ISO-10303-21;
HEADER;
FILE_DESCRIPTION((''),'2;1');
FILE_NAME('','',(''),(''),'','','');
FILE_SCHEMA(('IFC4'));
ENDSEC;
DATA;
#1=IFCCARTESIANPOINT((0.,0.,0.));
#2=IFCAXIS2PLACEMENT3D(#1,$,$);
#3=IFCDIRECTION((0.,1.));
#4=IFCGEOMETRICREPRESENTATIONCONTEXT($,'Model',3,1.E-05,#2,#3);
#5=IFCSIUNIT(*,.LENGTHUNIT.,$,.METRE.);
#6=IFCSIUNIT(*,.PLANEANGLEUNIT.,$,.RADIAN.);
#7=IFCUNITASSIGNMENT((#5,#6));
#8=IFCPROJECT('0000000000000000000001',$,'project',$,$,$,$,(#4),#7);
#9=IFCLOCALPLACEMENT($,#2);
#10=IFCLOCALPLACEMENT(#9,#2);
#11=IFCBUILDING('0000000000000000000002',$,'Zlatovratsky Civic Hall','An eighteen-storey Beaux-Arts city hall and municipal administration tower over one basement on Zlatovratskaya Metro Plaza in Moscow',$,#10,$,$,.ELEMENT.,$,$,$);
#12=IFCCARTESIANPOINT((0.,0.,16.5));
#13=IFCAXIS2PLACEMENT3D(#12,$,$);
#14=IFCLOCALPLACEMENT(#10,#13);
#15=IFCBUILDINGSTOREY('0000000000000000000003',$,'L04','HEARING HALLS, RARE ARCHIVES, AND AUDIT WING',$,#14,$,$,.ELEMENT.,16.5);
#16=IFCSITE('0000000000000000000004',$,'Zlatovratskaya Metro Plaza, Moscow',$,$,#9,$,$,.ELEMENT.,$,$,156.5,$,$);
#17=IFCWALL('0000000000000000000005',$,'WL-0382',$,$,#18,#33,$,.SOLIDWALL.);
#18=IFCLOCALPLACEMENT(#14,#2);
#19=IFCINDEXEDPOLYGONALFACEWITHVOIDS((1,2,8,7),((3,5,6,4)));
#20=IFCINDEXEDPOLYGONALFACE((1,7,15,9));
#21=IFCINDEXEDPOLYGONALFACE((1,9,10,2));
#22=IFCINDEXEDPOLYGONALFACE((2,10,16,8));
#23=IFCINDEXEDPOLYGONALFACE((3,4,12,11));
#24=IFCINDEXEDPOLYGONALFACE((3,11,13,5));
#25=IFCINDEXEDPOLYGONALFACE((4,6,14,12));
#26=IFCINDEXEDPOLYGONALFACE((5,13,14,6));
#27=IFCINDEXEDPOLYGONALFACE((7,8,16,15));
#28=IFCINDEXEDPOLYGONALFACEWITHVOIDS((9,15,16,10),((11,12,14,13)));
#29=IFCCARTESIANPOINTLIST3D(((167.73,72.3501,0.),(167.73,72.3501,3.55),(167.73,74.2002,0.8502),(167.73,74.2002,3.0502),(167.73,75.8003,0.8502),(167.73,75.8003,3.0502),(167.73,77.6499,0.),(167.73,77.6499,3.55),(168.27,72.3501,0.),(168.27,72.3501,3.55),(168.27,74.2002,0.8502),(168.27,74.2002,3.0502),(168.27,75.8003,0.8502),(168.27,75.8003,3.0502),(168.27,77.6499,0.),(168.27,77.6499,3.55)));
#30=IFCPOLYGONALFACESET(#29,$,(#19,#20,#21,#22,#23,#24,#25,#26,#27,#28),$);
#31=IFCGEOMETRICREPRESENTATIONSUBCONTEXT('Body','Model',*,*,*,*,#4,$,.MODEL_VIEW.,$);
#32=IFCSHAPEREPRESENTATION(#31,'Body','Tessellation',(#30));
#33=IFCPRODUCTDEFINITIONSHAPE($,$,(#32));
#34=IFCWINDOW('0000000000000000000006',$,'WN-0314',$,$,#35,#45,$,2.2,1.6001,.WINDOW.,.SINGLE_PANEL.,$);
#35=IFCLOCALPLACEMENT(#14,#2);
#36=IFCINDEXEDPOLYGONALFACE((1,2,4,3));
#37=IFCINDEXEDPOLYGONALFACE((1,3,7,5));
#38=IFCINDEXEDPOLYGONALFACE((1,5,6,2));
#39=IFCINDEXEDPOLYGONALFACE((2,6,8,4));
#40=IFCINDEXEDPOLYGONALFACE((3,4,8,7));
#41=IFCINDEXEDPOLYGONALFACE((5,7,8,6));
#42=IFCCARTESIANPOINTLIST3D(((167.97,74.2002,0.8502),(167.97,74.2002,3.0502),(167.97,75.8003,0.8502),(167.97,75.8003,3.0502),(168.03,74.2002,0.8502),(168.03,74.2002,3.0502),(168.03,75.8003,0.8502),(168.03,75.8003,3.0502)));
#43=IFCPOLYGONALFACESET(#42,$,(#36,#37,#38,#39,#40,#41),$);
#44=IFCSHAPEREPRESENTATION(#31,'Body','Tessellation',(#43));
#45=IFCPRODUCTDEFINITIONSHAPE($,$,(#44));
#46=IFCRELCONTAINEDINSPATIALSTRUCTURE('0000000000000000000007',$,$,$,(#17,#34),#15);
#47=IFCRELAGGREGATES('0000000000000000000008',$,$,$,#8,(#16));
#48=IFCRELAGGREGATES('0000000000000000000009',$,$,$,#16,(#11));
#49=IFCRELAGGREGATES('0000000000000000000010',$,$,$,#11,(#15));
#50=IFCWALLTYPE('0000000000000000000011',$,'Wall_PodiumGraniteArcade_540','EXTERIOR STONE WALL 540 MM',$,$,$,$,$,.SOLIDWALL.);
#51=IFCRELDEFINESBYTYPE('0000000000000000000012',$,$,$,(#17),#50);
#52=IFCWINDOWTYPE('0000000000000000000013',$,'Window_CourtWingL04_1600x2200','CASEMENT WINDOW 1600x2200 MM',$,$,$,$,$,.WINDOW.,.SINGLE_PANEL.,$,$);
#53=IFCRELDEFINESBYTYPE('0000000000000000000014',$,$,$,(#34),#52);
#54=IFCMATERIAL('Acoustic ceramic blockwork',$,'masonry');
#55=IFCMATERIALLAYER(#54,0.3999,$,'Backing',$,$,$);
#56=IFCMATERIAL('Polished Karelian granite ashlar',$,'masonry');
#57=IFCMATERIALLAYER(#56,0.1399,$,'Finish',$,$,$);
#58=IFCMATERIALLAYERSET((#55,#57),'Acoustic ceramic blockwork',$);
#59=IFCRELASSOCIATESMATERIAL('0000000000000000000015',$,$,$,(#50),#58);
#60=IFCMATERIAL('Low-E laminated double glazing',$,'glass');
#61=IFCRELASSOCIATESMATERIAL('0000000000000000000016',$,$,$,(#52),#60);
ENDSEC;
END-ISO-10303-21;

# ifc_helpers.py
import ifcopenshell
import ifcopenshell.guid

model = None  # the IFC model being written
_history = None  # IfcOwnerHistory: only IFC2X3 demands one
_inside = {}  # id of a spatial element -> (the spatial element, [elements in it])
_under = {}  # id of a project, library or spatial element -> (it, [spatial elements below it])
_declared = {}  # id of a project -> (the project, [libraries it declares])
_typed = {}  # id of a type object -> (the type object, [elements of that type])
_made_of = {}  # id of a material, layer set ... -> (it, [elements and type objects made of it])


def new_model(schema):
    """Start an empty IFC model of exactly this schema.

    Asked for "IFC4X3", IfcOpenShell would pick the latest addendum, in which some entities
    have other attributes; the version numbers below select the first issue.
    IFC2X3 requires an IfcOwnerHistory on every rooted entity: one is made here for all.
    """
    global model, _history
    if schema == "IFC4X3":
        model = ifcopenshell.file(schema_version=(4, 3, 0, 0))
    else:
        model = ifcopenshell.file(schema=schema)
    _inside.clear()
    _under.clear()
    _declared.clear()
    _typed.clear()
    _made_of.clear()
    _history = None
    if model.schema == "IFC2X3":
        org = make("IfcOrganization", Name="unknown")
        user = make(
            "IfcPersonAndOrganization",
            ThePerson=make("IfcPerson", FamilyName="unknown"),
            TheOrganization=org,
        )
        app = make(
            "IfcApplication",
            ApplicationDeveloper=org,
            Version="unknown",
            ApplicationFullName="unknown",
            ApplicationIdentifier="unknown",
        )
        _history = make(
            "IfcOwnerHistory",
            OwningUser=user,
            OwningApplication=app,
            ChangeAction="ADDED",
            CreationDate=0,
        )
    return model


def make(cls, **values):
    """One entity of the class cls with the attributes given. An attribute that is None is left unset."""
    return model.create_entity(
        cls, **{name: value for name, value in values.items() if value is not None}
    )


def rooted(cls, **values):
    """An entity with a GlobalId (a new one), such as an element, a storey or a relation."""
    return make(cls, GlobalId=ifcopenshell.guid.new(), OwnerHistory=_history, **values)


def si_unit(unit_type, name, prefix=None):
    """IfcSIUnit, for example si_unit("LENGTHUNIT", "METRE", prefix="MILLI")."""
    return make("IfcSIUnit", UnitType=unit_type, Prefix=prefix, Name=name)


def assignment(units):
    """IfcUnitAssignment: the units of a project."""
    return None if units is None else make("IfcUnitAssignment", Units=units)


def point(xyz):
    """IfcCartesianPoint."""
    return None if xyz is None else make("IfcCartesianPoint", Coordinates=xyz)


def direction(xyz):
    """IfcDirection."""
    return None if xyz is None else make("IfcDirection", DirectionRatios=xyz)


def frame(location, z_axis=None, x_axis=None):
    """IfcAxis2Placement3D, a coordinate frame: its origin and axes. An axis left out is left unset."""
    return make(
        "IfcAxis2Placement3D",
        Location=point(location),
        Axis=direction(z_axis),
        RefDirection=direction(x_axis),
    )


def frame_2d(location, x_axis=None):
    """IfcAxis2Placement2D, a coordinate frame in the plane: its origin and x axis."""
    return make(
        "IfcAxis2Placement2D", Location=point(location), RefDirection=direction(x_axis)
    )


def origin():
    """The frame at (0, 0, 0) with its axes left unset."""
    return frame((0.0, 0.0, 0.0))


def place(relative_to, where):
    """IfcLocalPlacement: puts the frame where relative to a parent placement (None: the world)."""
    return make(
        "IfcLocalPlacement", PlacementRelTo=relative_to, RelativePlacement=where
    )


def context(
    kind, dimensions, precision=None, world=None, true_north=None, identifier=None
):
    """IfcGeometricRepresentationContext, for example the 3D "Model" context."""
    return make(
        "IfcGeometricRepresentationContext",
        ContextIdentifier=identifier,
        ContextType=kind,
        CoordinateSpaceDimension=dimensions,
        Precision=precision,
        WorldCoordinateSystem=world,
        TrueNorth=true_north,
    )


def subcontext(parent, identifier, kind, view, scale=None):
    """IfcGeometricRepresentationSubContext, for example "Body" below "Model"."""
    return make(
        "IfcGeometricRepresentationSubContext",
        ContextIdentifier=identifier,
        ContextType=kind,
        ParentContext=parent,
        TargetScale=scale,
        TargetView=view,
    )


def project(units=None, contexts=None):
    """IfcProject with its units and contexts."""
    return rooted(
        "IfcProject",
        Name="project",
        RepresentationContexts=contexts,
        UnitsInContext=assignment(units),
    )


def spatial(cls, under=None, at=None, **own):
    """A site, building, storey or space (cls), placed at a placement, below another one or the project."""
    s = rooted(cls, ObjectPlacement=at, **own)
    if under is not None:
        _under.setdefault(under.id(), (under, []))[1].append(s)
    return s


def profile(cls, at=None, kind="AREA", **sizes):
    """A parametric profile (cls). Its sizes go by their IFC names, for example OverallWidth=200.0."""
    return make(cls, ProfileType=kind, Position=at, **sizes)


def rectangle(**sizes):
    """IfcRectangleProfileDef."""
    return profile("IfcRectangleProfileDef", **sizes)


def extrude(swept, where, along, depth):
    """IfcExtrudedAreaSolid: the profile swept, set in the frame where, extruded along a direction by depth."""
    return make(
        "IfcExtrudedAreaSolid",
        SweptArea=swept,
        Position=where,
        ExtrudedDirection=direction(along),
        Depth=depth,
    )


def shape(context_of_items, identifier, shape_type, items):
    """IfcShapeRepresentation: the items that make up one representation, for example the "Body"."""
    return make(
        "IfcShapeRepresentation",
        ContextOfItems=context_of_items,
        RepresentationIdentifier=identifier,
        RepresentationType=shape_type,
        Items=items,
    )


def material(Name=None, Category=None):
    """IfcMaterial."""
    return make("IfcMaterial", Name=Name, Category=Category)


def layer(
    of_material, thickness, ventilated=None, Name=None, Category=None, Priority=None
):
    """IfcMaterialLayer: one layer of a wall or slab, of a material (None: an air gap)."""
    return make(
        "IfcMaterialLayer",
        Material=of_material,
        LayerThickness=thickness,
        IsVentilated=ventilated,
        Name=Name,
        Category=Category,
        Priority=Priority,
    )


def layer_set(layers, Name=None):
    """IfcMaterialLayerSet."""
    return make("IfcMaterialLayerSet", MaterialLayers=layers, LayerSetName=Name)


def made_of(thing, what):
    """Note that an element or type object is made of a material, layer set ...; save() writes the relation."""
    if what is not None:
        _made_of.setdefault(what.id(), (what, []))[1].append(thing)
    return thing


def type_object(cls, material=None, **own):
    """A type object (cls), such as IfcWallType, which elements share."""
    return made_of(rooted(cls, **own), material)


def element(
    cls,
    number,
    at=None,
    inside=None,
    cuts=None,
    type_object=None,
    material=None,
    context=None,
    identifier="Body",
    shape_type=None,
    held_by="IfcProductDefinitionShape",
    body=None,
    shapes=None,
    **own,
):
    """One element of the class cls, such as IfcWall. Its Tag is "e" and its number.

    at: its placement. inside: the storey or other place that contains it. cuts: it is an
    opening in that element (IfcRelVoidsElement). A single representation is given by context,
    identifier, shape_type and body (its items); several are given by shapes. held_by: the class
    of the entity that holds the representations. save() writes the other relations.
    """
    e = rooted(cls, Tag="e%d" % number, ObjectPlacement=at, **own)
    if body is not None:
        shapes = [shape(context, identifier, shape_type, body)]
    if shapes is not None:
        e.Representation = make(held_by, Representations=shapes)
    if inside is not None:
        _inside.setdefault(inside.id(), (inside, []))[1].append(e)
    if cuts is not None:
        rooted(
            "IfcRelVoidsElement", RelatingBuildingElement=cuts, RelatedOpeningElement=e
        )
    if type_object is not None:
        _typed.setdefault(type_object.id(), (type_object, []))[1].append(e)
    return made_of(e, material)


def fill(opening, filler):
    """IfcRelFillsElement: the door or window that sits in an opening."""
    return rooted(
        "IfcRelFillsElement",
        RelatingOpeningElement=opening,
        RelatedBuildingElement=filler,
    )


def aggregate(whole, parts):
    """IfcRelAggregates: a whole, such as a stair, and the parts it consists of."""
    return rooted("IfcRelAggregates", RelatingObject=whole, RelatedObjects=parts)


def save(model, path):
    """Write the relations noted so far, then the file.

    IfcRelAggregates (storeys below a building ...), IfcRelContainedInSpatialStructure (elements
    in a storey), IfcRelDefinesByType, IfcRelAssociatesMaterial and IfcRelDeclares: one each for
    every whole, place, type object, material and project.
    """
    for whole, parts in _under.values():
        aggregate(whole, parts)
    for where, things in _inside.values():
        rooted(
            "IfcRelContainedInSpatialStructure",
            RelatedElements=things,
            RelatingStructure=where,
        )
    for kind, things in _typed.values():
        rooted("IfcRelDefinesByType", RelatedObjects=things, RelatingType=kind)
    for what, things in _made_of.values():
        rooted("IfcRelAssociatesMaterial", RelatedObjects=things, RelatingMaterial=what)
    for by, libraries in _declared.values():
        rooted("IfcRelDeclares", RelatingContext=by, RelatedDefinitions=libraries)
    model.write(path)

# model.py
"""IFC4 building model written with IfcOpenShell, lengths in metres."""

from ifc_helpers import new_model, si_unit, direction, frame, frame_2d, origin, place, context, subcontext, project, spatial, rectangle, extrude, material, layer, layer_set, type_object, element, fill, save


model = new_model("IFC4")

# Units and contexts
model_context = context("Model", 3, precision=1e-05, world=origin(), true_north=direction((0.0, 1.0)))
body_context = subcontext(model_context, "Body", "Model", "MODEL_VIEW")
ifc_project = project(units=[si_unit("LENGTHUNIT", "METRE"), si_unit("PLANEANGLEUNIT", "RADIAN")], contexts=[model_context])

# Site, building, storey
site_placement = place(None, origin())
site = spatial("IfcSite", under=ifc_project, at=site_placement, Name="Zlatovratskaya Metro Plaza, Moscow", CompositionType="ELEMENT", RefElevation=156.5)
building_placement = place(site_placement, origin())
building = spatial("IfcBuilding", under=site, at=building_placement, Name="Zlatovratsky Civic Hall", Description="An eighteen-storey Beaux-Arts city hall and municipal administration tower over one basement on Zlatovratskaya Metro Plaza in Moscow", CompositionType="ELEMENT")
storey_placement = place(building_placement, frame((0.0, 0.0, 16.5)))
storey = spatial("IfcBuildingStorey", under=building, at=storey_placement, Name="L04", Description="HEARING HALLS, RARE ARCHIVES, AND AUDIT WING", CompositionType="ELEMENT", Elevation=16.5)

# Shared definitions
ifc_material_1 = material(Name="Acoustic ceramic blockwork", Category="masonry")

# Wall, opening, window
ifc_layer_1 = layer(ifc_material_1, 0.3999, Name="Backing")
ifc_material_2 = material(Name="Polished Karelian granite ashlar", Category="masonry")
ifc_layer_2 = layer(ifc_material_2, 0.1399, Name="Finish")
ifc_layer_set_1 = layer_set([ifc_layer_1, ifc_layer_2], Name="Acoustic ceramic blockwork")
wall_type_1 = type_object("IfcWallType", Name="Wall_PodiumGraniteArcade_540", Description="EXTERIOR STONE WALL 540 MM", PredefinedType="SOLIDWALL", material=ifc_layer_set_1)
ifc_material_3 = material(Name="Low-E laminated double glazing", Category="glass")
window_type = type_object("IfcWindowType", Name="Window_CourtWingL04_1600x2200", Description="CASEMENT WINDOW 1600x2200 MM", PartitioningType="SINGLE_PANEL", PredefinedType="WINDOW", material=ifc_material_3)
wall_1_placement = place(storey_placement, frame((168.0, 72.3501, 0.0), z_axis=(0.0, 0.0, 1.0), x_axis=(0.0, 1.0, 0.0)))
wall_1 = element("IfcWall", 1, at=wall_1_placement, inside=storey, type_object=wall_type_1, Name="WL-0382", PredefinedType="SOLIDWALL", context=body_context, shape_type="SweptSolid", body=[
    extrude(rectangle(XDim=5.2998, YDim=0.54, at=frame_2d((2.6499, 0.0))), origin(), (0.0, 0.0, 1.0), 3.55),
])
opening_1_placement = place(wall_1_placement, frame((1.8501, 0.0, 0.8501)))
opening_1 = element("IfcOpeningElement", 2, at=opening_1_placement, cuts=wall_1, PredefinedType="OPENING", context=body_context, shape_type="SweptSolid", body=[
    extrude(rectangle(XDim=1.6001, YDim=2.2, at=frame_2d((0.8, 1.1001))), frame((0.0, 0.2849, 0.0), z_axis=(0.0, -1.0, 0.0), x_axis=(1.0, 0.0, 0.0)), (0.0, 0.0, 1.0), 0.5698),
])
window_1_placement = place(opening_1_placement, origin())
window_1 = element("IfcWindow", 3, at=window_1_placement, inside=storey, type_object=window_type, Name="WN-0314", OverallHeight=2.2, OverallWidth=1.6001, PartitioningType="SINGLE_PANEL", PredefinedType="WINDOW", context=body_context, shape_type="SweptSolid", body=[
    extrude(rectangle(XDim=1.6001, YDim=2.2, at=frame_2d((0.8, 1.1001))), frame((0.0, 0.03, 0.0), z_axis=(0.0, -1.0, 0.0), x_axis=(1.0, 0.0, 0.0)), (0.0, 0.0, 1.0), 0.0601),
])
fill(opening_1, window_1)

save(model, "model.ifc")
